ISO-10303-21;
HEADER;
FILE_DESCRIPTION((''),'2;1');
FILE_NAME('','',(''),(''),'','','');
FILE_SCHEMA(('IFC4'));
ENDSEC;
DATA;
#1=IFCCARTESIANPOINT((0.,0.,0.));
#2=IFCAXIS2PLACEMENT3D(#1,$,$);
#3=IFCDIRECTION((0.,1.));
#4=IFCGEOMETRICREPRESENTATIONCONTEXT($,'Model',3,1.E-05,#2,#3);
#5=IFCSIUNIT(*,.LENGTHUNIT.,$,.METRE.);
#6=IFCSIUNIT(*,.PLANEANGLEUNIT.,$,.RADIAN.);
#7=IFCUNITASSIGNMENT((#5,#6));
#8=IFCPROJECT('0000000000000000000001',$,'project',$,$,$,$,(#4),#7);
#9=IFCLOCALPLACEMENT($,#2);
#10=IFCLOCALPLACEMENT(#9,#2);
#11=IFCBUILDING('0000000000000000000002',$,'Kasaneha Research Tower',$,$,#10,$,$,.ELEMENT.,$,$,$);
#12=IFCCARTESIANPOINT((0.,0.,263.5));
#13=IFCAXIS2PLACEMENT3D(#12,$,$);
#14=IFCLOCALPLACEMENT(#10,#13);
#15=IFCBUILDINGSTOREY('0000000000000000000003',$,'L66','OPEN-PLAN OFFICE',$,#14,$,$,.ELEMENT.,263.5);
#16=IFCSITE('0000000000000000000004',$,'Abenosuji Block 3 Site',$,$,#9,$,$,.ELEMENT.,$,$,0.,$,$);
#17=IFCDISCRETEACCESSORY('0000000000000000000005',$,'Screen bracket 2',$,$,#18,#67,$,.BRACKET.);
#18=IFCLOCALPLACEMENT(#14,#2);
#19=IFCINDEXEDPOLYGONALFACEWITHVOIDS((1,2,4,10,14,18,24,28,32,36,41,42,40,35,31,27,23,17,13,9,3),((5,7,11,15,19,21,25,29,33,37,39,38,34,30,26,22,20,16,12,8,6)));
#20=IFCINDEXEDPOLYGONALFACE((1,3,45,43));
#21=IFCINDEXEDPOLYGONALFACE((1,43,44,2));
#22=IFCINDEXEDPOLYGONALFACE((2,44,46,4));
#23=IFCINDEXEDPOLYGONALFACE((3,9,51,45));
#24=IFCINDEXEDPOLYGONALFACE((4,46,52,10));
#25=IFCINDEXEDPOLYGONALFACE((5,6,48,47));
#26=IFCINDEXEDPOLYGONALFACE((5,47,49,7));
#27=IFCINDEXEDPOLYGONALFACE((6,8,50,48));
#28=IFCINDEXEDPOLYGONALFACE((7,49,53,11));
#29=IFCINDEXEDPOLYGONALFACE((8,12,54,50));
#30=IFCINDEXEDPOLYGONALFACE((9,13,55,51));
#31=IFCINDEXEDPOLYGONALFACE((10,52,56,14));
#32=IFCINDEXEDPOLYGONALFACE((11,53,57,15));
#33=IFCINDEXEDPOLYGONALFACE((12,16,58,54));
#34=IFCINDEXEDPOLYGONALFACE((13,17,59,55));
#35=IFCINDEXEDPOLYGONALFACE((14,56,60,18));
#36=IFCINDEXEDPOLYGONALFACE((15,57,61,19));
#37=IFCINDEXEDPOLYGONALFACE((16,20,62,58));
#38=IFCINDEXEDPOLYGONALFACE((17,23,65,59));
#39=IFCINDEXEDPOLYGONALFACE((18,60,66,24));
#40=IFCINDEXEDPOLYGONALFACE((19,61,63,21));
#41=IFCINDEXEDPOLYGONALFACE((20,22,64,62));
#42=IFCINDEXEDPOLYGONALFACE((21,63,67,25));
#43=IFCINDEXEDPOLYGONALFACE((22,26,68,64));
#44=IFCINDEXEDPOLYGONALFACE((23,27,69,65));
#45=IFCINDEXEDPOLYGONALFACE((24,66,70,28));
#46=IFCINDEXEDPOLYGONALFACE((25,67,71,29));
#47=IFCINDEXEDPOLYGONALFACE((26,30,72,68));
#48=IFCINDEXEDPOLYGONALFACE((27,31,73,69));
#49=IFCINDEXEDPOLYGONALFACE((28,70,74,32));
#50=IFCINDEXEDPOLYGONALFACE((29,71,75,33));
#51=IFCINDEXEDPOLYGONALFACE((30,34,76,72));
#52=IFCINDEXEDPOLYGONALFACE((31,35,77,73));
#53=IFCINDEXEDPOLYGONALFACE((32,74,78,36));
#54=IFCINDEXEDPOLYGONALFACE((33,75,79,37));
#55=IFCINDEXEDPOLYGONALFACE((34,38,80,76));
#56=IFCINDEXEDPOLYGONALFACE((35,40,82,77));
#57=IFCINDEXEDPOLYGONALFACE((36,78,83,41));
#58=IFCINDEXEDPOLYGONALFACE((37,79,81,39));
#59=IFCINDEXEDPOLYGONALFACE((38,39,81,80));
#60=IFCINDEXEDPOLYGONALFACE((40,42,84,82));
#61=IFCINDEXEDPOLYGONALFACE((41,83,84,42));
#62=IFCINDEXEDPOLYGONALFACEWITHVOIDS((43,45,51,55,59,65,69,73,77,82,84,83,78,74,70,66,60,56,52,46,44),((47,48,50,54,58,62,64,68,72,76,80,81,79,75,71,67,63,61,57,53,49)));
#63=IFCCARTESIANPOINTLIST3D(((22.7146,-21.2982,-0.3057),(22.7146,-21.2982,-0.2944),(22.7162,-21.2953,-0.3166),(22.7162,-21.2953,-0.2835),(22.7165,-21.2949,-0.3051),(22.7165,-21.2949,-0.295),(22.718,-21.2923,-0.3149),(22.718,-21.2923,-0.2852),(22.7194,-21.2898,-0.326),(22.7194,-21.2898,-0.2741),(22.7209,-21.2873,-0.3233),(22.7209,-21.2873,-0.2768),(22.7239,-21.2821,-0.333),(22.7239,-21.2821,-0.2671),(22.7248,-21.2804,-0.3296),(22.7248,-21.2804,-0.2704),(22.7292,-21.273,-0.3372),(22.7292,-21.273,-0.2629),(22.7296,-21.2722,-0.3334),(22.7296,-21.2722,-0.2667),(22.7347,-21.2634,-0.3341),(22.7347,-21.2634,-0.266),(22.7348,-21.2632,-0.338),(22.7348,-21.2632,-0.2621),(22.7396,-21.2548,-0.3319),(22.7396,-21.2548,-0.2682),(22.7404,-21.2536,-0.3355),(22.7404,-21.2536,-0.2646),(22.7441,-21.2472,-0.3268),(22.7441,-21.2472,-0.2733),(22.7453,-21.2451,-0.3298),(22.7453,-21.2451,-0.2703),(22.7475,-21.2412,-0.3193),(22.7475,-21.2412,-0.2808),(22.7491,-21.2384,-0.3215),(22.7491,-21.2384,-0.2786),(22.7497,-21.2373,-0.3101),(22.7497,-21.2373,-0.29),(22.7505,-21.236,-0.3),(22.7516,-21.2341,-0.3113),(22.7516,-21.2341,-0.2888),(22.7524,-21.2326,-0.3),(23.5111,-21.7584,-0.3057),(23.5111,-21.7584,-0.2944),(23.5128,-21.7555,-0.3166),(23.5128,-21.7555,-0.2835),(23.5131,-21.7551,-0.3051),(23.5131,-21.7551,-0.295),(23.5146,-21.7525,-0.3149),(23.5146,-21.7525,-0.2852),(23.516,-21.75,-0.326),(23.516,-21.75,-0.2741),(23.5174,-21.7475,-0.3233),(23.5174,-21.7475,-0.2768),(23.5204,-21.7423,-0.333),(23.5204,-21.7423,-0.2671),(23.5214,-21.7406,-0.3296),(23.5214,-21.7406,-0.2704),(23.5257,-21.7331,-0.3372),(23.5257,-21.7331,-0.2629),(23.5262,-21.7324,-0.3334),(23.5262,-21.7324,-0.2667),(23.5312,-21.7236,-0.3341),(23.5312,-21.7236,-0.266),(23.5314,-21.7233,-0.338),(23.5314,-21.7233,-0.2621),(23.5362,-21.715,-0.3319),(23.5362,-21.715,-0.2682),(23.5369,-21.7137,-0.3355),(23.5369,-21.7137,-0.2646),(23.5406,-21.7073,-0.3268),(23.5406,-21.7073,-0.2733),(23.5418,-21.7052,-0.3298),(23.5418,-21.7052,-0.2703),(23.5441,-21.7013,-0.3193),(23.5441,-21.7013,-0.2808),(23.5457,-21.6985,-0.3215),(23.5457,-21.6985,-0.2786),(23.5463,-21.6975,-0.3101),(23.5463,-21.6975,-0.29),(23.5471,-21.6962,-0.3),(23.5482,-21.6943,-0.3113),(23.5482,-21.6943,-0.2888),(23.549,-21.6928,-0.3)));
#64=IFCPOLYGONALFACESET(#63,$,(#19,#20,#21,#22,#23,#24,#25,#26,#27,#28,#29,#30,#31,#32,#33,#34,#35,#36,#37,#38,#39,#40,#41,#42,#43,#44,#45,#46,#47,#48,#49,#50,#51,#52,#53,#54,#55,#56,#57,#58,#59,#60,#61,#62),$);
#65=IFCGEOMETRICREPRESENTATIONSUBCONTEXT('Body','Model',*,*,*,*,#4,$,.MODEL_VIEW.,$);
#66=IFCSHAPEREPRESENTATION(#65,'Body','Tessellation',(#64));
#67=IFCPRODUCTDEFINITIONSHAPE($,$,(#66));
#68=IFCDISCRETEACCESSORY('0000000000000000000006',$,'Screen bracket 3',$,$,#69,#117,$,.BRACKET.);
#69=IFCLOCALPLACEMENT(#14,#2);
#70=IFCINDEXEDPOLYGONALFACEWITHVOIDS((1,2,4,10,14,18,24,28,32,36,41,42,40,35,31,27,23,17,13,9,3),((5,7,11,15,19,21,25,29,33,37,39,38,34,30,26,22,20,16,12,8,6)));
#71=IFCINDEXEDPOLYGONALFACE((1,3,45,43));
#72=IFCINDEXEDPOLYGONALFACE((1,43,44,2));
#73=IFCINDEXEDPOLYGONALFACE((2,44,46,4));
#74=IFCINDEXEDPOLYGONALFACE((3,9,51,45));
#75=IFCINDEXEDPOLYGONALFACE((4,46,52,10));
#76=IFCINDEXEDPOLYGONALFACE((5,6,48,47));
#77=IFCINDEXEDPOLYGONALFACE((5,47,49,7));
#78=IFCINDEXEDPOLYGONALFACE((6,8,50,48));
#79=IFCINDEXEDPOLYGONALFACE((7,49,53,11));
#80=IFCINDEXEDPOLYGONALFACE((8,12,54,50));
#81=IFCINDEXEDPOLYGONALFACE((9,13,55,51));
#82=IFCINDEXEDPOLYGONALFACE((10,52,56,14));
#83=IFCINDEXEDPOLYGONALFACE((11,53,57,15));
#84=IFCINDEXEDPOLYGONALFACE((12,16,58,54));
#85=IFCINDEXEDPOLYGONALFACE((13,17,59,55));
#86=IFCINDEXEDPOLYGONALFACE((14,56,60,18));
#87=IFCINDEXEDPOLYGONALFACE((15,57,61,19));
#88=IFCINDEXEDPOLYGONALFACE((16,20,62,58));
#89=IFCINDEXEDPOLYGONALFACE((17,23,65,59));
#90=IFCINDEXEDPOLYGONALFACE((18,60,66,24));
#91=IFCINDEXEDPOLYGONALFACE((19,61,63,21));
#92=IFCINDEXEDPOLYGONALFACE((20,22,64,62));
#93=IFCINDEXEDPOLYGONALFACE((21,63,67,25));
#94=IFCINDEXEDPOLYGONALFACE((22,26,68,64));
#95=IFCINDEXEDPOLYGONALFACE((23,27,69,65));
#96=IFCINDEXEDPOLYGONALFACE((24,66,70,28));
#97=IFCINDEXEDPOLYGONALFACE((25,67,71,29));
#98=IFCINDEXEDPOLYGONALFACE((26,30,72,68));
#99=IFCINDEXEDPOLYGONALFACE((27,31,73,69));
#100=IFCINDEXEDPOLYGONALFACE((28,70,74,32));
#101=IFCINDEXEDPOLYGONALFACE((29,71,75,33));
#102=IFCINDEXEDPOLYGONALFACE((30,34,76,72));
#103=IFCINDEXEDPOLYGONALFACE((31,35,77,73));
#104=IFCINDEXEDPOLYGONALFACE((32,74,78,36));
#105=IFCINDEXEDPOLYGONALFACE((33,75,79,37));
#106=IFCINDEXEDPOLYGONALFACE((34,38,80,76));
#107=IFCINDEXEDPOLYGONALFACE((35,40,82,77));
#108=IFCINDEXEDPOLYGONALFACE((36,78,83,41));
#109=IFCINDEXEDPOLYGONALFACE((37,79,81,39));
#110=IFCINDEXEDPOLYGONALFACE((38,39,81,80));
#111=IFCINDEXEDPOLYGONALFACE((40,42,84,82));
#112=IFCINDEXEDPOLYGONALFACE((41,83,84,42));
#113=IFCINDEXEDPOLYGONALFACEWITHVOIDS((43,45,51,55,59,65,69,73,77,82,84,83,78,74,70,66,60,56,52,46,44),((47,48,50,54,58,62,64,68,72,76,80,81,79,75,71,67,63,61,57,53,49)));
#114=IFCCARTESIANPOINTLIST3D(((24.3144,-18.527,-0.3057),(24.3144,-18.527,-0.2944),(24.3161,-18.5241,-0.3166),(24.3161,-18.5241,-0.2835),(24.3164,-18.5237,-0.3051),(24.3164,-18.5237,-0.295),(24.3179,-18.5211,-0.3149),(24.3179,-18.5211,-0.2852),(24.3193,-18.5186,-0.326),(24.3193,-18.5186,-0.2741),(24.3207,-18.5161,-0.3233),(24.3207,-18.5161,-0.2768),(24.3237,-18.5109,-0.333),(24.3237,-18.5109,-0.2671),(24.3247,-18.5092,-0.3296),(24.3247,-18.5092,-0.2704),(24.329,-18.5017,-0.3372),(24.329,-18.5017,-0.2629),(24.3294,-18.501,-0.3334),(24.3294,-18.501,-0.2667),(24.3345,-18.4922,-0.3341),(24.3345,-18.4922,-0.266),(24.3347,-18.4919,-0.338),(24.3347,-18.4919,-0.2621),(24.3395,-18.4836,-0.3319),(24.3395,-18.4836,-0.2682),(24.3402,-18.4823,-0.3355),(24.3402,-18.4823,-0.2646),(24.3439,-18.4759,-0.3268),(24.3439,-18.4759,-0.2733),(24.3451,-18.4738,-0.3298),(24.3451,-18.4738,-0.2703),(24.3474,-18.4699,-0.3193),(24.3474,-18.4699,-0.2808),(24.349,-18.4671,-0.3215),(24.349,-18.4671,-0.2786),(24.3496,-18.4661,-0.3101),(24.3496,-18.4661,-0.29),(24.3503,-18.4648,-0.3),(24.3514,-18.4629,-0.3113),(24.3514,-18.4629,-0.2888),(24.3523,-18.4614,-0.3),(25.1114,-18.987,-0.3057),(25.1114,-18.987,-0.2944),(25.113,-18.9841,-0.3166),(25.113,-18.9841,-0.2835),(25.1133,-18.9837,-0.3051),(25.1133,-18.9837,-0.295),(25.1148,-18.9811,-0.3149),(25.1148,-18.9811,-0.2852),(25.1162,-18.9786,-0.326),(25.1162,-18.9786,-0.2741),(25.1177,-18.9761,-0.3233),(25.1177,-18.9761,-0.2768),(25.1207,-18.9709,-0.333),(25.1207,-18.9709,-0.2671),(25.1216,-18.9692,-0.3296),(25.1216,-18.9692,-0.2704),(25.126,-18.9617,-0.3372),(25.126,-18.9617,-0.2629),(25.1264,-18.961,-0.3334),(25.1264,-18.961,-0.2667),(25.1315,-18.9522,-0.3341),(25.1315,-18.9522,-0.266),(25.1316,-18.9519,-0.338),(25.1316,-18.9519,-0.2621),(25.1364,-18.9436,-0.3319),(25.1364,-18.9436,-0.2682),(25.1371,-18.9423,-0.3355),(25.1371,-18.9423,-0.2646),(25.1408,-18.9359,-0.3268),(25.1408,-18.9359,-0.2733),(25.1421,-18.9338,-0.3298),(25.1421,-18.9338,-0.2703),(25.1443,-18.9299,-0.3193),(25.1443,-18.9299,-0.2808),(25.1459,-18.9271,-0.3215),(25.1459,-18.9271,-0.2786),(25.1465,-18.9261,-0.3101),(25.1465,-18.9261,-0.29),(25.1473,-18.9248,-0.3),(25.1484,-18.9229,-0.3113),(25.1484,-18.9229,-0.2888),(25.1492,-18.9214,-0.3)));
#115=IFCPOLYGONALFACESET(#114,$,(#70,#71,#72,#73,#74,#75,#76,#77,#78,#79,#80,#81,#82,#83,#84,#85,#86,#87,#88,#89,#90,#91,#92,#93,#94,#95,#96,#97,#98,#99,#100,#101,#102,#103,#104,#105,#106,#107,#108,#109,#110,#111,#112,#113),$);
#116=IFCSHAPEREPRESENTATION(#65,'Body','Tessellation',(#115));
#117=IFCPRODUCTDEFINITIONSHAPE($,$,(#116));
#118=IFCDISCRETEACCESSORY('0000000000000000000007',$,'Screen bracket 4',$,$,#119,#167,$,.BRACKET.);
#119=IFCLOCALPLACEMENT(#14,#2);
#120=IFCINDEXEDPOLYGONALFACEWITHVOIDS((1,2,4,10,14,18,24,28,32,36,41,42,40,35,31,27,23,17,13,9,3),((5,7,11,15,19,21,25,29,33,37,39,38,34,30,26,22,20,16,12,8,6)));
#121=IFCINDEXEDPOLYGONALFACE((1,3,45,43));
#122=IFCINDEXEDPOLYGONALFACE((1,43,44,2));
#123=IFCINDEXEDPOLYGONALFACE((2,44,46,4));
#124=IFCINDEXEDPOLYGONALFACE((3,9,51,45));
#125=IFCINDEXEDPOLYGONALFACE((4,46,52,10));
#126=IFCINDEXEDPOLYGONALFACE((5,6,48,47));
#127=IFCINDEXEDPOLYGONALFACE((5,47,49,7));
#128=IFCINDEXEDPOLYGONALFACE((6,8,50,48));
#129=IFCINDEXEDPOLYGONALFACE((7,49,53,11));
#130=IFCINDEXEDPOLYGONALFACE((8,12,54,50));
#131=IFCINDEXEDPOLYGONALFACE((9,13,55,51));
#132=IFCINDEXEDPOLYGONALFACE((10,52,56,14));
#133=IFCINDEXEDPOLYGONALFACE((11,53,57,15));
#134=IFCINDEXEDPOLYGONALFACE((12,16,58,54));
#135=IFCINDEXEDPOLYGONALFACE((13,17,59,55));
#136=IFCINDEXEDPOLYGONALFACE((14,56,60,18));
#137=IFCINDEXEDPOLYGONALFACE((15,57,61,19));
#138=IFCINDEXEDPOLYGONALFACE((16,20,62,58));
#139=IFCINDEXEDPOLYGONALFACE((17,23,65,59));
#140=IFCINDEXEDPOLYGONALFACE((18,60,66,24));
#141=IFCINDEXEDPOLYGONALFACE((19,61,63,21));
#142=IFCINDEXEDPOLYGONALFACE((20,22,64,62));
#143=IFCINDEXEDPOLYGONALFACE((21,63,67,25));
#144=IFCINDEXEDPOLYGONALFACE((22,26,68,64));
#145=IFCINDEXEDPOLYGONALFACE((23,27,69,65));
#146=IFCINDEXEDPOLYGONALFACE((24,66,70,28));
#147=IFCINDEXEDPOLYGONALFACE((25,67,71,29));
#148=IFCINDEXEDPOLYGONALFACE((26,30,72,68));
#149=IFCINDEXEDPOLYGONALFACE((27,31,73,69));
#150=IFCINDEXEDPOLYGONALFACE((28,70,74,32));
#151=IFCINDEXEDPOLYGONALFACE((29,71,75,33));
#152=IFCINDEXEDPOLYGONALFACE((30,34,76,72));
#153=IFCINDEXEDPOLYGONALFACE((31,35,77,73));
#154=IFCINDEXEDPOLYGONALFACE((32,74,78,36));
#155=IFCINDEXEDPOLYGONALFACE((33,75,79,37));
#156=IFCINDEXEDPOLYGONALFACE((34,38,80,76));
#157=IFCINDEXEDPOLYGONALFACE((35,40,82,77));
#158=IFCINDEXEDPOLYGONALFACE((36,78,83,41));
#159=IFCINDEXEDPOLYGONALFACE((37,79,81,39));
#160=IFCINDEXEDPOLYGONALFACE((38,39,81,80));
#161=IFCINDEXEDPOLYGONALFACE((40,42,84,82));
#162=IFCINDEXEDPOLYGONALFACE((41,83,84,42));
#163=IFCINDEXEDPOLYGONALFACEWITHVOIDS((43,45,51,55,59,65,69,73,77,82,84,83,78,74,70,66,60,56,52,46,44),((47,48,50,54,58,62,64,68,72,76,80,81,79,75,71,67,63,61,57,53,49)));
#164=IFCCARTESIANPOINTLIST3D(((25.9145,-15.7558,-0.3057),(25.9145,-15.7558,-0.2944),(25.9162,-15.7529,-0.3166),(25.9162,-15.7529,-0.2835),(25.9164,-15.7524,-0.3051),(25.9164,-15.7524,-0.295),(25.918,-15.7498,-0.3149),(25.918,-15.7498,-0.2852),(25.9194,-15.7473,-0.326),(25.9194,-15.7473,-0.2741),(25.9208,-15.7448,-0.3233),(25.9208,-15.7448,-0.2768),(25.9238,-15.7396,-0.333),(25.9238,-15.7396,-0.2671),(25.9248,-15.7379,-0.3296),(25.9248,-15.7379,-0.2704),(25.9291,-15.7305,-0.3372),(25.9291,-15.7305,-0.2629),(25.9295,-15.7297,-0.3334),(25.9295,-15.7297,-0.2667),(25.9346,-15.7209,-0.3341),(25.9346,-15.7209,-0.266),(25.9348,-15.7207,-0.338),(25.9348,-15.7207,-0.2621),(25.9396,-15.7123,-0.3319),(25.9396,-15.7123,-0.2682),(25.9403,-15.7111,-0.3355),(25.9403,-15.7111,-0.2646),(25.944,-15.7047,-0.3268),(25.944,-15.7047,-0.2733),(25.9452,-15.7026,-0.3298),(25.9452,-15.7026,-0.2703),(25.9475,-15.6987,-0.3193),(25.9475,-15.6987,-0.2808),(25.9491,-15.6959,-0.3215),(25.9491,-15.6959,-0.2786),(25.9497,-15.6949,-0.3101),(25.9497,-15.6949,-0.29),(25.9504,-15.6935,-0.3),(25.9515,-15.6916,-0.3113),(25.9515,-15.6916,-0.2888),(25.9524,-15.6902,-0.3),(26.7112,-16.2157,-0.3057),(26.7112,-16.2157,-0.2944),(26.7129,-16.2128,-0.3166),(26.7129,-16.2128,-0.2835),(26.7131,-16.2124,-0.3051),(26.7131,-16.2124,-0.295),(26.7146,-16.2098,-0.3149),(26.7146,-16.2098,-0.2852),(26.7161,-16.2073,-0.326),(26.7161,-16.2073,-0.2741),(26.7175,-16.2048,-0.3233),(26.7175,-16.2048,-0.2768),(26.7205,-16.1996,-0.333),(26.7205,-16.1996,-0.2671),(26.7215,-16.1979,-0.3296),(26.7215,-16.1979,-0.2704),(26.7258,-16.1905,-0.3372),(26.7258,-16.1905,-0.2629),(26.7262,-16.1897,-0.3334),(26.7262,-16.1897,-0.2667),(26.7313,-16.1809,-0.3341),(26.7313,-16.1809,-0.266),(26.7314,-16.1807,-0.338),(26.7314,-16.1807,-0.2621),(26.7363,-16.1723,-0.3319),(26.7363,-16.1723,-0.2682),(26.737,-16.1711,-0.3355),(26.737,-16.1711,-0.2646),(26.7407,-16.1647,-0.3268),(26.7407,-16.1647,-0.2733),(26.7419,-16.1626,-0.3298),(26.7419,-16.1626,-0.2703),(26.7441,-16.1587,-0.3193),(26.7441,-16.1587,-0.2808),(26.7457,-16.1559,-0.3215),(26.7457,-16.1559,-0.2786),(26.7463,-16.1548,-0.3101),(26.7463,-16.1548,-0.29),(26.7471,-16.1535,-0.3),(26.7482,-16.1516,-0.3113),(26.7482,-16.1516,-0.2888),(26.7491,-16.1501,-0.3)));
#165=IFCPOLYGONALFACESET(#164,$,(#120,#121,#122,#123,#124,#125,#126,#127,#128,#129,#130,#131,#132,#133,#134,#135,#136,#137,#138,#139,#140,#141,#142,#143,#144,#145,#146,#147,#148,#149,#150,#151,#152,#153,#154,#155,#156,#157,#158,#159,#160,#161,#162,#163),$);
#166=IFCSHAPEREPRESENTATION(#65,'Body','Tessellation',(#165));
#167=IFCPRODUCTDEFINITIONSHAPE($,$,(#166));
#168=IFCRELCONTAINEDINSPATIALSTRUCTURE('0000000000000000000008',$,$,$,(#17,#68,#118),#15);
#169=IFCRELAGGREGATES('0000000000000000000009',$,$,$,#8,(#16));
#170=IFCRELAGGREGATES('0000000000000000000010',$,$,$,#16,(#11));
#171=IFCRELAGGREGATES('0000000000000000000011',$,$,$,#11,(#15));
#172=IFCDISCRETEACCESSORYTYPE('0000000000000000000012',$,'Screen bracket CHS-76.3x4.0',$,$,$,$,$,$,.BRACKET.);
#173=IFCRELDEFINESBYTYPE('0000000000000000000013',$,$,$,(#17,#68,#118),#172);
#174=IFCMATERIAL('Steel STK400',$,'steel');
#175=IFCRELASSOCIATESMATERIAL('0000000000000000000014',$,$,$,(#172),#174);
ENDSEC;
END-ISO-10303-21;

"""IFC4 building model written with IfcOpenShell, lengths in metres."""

from ifc_helpers import new_model, si_unit, direction, frame, origin, origin_2d, place, context, subcontext, project, spatial, hollow_circle, extrude, material, material_profile, profile_set, type_object, element, save


model = new_model("IFC4")

# Units and contexts
model_context = context("Model", 3, precision=1e-05, world=origin(), true_north=direction((0.0, 1.0)))
body_context = subcontext(model_context, "Body", "Model", "MODEL_VIEW")
ifc_project = project(units=[si_unit("LENGTHUNIT", "METRE"), si_unit("PLANEANGLEUNIT", "RADIAN")], contexts=[model_context])

# Site, building, storey
site_placement = place(None, origin())
site = spatial("IfcSite", under=ifc_project, at=site_placement, Name="Abenosuji Block 3 Site", CompositionType="ELEMENT", RefElevation=0.0)
building_placement = place(site_placement, origin())
building = spatial("IfcBuilding", under=site, at=building_placement, Name="Kasaneha Research Tower", CompositionType="ELEMENT")
storey_placement = place(building_placement, frame((0.0, 0.0, 263.5)))
storey = spatial("IfcBuildingStorey", under=building, at=storey_placement, Name="L66", Description="OPEN-PLAN OFFICE", CompositionType="ELEMENT", Elevation=263.5)

# Discrete accessories
ifc_material_1 = material(Name="Steel STK400", Category="steel")
ifc_material_profile_1 = material_profile(ifc_material_1, hollow_circle(Radius=0.0381, WallThickness=0.0039, at=origin_2d()), Name="CHS-76.3x4.0")
ifc_profile_set_1 = profile_set([ifc_material_profile_1], Name="Steel STK400")
discrete_accessory_type = type_object("IfcDiscreteAccessoryType", Name="Screen bracket CHS-76.3x4.0", PredefinedType="BRACKET", material=ifc_profile_set_1)
discrete_accessory_1_placement = place(storey_placement, frame((22.7334, -21.2656, -0.3), z_axis=(0.865898, -0.50022, 0.0), x_axis=(0.50022, 0.865898, 0.0)))
element("IfcDiscreteAccessory", 1, at=discrete_accessory_1_placement, inside=storey, type_object=discrete_accessory_type, Name="Screen bracket 2", PredefinedType="BRACKET", context=body_context, shape_type="SweptSolid", body=[
    extrude(hollow_circle(Radius=0.0381, WallThickness=0.0039, at=origin_2d()), origin(), (0.0, 0.0, 1.0), 0.9199),
])
discrete_accessory_2_placement = place(storey_placement, frame((24.3333, -18.4944, -0.3), z_axis=(0.86608, -0.499906, 0.0), x_axis=(0.499906, 0.86608, 0.0)))
element("IfcDiscreteAccessory", 2, at=discrete_accessory_2_placement, inside=storey, type_object=discrete_accessory_type, Name="Screen bracket 3", PredefinedType="BRACKET", context=body_context, shape_type="SweptSolid", body=[
    extrude(hollow_circle(Radius=0.0381, WallThickness=0.0039, at=origin_2d()), origin(), (0.0, 0.0, 1.0), 0.9202),
])
discrete_accessory_3_placement = place(storey_placement, frame((25.9333, -15.7231, -0.3), z_axis=(0.866013, -0.500021, 0.0), x_axis=(0.500021, 0.866013, 0.0)))
element("IfcDiscreteAccessory", 3, at=discrete_accessory_3_placement, inside=storey, type_object=discrete_accessory_type, Name="Screen bracket 4", PredefinedType="BRACKET", context=body_context, shape_type="SweptSolid", body=[
    extrude(hollow_circle(Radius=0.0381, WallThickness=0.0039, at=origin_2d()), origin(), (0.0, 0.0, 1.0), 0.9199),
])

save(model, "model.ifc")
